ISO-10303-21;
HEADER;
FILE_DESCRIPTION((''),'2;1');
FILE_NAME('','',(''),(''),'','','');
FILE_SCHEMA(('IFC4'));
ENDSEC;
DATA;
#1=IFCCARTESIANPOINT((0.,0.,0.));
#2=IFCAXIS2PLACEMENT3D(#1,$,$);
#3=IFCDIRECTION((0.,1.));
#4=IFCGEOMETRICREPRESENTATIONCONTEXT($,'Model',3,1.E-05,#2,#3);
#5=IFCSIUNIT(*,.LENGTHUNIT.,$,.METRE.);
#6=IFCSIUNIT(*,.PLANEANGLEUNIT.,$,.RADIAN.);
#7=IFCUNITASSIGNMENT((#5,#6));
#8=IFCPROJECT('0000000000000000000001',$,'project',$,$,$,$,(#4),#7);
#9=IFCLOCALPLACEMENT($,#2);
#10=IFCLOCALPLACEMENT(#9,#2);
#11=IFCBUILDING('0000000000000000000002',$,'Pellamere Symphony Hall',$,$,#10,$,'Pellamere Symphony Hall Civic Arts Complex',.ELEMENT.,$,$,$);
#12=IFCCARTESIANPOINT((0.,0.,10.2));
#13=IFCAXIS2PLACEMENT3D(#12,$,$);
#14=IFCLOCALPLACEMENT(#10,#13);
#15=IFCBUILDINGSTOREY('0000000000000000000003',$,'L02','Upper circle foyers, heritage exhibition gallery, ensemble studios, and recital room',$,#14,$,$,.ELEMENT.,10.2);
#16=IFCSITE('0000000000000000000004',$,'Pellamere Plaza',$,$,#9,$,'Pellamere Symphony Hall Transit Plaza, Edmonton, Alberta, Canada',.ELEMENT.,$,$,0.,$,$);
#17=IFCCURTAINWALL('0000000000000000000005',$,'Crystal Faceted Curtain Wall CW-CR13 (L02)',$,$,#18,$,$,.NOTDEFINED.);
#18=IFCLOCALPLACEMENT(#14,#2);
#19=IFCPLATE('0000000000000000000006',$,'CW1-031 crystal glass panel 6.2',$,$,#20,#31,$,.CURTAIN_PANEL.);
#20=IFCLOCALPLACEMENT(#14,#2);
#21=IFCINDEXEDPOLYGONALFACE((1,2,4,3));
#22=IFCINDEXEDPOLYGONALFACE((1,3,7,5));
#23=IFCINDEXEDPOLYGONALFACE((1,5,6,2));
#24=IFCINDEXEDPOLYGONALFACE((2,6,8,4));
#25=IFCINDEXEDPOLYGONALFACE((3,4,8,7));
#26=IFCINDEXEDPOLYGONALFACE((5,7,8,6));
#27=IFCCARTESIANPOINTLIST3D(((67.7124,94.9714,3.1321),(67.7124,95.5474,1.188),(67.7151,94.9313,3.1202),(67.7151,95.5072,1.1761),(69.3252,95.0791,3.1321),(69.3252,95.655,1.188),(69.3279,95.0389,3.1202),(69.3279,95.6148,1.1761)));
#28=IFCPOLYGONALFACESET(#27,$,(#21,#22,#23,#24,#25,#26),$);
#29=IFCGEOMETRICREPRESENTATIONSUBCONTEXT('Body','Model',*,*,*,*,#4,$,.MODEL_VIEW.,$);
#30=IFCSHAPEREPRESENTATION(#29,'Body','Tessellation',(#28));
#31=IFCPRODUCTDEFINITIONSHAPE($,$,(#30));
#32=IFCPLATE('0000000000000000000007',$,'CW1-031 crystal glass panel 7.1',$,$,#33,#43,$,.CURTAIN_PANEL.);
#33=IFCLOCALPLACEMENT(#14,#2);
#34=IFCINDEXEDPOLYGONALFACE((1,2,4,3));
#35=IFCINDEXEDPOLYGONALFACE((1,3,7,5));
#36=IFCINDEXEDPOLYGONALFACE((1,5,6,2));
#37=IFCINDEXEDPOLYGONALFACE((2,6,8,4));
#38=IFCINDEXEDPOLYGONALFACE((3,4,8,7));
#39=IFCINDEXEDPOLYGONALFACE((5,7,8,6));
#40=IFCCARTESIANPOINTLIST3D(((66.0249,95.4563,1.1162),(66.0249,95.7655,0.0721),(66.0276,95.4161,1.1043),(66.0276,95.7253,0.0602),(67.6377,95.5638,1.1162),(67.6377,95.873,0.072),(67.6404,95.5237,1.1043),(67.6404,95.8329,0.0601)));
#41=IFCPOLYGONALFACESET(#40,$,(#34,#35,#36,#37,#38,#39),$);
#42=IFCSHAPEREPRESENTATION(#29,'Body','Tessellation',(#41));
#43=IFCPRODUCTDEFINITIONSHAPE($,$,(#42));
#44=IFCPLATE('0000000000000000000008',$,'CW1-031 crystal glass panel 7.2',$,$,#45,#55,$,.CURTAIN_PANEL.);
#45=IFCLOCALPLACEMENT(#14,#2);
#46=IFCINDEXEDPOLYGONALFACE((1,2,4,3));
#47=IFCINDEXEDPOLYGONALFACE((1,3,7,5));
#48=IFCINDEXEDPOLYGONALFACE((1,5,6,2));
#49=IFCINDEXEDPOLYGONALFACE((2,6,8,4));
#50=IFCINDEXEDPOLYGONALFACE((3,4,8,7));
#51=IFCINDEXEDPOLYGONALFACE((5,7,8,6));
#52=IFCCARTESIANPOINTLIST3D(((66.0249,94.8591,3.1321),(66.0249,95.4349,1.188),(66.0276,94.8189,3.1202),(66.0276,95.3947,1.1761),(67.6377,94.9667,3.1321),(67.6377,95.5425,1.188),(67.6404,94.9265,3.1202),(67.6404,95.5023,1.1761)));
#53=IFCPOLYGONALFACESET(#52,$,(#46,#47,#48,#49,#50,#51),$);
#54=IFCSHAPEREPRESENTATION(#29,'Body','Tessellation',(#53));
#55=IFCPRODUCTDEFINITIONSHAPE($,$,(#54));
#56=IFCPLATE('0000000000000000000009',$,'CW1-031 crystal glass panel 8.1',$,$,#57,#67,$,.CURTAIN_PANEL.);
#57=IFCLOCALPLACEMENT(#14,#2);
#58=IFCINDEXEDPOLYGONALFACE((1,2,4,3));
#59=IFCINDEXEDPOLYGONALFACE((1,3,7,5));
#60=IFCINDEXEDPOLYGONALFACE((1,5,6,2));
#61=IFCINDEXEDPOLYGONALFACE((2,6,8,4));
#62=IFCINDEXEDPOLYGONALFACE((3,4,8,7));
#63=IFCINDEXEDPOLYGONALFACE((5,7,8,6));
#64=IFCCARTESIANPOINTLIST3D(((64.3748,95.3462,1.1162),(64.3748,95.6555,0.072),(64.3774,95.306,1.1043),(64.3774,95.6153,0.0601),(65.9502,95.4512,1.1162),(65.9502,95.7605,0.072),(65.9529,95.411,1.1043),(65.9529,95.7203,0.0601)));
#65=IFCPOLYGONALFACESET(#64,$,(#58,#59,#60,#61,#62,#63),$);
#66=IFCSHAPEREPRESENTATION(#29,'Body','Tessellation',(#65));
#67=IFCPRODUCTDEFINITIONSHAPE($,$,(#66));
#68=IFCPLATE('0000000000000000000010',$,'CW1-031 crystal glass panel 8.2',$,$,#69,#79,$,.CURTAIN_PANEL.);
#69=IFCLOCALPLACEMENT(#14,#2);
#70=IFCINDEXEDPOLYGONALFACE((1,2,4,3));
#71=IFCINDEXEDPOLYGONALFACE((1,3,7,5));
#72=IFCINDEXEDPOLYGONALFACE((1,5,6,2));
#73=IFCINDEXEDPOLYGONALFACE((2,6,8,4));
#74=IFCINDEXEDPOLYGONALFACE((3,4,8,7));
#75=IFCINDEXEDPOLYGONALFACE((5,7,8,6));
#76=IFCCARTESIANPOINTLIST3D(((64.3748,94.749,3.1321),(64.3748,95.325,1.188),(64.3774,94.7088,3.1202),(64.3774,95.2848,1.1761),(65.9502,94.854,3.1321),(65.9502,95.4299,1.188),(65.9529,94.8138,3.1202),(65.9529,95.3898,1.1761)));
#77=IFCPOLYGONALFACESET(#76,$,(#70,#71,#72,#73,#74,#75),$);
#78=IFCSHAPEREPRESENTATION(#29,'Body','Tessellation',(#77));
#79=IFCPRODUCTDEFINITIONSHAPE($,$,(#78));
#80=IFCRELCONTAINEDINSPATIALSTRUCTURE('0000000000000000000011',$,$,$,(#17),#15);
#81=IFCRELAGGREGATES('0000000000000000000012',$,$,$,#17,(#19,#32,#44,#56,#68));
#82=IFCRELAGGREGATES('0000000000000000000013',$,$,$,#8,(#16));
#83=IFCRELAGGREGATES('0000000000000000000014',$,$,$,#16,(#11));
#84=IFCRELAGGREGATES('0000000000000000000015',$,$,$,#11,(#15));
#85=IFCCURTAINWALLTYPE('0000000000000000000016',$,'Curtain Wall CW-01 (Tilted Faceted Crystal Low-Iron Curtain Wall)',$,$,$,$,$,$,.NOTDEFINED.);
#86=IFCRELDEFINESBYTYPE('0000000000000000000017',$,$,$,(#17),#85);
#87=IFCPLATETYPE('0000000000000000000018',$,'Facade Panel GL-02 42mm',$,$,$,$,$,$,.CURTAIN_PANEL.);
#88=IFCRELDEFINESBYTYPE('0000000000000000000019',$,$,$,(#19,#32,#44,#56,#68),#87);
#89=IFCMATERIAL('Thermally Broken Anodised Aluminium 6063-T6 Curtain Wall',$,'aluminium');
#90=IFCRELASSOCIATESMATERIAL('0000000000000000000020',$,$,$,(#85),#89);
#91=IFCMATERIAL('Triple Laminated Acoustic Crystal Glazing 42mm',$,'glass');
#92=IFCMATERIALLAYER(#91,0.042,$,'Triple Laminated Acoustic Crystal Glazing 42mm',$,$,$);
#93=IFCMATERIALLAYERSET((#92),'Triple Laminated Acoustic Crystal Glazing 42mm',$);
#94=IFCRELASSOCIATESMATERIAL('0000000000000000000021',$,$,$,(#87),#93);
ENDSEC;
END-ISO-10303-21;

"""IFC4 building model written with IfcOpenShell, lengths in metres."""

from ifc_helpers import new_model, si_unit, direction, frame, origin, place, context, subcontext, project, spatial, polyline, outline, extrude, material, layer, layer_set, type_object, element, aggregate, save


model = new_model("IFC4")

# Units and contexts
model_context = context("Model", 3, precision=1e-05, world=origin(), true_north=direction((0.0, 1.0)))
body_context = subcontext(model_context, "Body", "Model", "MODEL_VIEW")
ifc_project = project(units=[si_unit("LENGTHUNIT", "METRE"), si_unit("PLANEANGLEUNIT", "RADIAN")], contexts=[model_context])

# Site, building, storey
site_placement = place(None, origin())
site = spatial("IfcSite", under=ifc_project, at=site_placement, Name="Pellamere Plaza", LongName="Pellamere Symphony Hall Transit Plaza, Edmonton, Alberta, Canada", CompositionType="ELEMENT", RefElevation=0.0)
building_placement = place(site_placement, origin())
building = spatial("IfcBuilding", under=site, at=building_placement, Name="Pellamere Symphony Hall", LongName="Pellamere Symphony Hall Civic Arts Complex", CompositionType="ELEMENT")
storey_placement = place(building_placement, frame((0.0, 0.0, 10.2)))
storey = spatial("IfcBuildingStorey", under=building, at=storey_placement, Name="L02", Description="Upper circle foyers, heritage exhibition gallery, ensemble studios, and recital room", CompositionType="ELEMENT", Elevation=10.2)

# Curtain wall
ifc_material_1 = material(Name="Thermally Broken Anodised Aluminium 6063-T6 Curtain Wall", Category="aluminium")
curtain_wall_type = type_object("IfcCurtainWallType", Name="Curtain Wall CW-01 (Tilted Faceted Crystal Low-Iron Curtain Wall)", PredefinedType="NOTDEFINED", material=ifc_material_1)
curtain_wall_1_placement = place(storey_placement, origin())
curtain_wall_1 = element("IfcCurtainWall", 1, at=curtain_wall_1_placement, inside=storey, type_object=curtain_wall_type, Name="Crystal Faceted Curtain Wall CW-CR13 (L02)", PredefinedType="NOTDEFINED")

# Plates
ifc_material_2 = material(Name="Triple Laminated Acoustic Crystal Glazing 42mm", Category="glass")
ifc_layer = layer(ifc_material_2, 0.042, Name="Triple Laminated Acoustic Crystal Glazing 42mm")
ifc_layer_set = layer_set([ifc_layer], Name="Triple Laminated Acoustic Crystal Glazing 42mm")
plate_type = type_object("IfcPlateType", Name="Facade Panel GL-02 42mm", PredefinedType="CURTAIN_PANEL", material=ifc_layer_set)
plate_1_placement = place(storey_placement, frame((69.3252, 95.655, 1.188), z_axis=(-0.063877, 0.956853, 0.283463), x_axis=(-0.997779, -0.066609, 0.0)))
plate_1 = element("IfcPlate", 2, at=plate_1_placement, type_object=plate_type, Name="CW1-031 crystal glass panel 6.2", PredefinedType="CURTAIN_PANEL", context=body_context, shape_type="SweptSolid", body=[
    extrude(outline(polyline([(0.0, 0.0), (1.6164, 0.0), (1.6547, 2.0272), (0.0384, 2.0272), (0.0, 0.0)])), origin(), (0.0, 0.0, -1.0), 0.042),
])
plate_2_placement = place(storey_placement, frame((67.6377, 95.873, 0.072), z_axis=(-0.063807, 0.956891, 0.283353), x_axis=(-0.997784, -0.06654, 0.00002)))
plate_2 = element("IfcPlate", 3, at=plate_2_placement, type_object=plate_type, Name="CW1-031 crystal glass panel 7.1", PredefinedType="CURTAIN_PANEL", context=body_context, shape_type="SweptSolid", body=[
    extrude(outline(polyline([(0.0, 0.0), (1.6164, 0.0), (1.637, 1.0888), (0.0206, 1.0888), (0.0, 0.0)])), origin(), (0.0, 0.0, -1.0), 0.042),
])
plate_3_placement = place(storey_placement, frame((67.6377, 95.5425, 1.188), z_axis=(-0.063806, 0.956874, 0.283409), x_axis=(-0.997784, -0.06654, 0.00002)))
plate_3 = element("IfcPlate", 4, at=plate_3_placement, type_object=plate_type, Name="CW1-031 crystal glass panel 7.2", PredefinedType="CURTAIN_PANEL", context=body_context, shape_type="SweptSolid", body=[
    extrude(outline(polyline([(0.0, 0.0), (1.6164, 0.0), (1.6547, 2.0272), (0.0384, 2.0272), (0.0, 0.0)])), origin(), (0.0, 0.0, -1.0), 0.042),
])
plate_4_placement = place(storey_placement, frame((65.9502, 95.7605, 0.072), z_axis=(-0.063761, 0.956863, 0.283457), x_axis=(-0.997787, -0.066488, 0.0)))
plate_4 = element("IfcPlate", 5, at=plate_4_placement, type_object=plate_type, Name="CW1-031 crystal glass panel 8.1", PredefinedType="CURTAIN_PANEL", context=body_context, shape_type="SweptSolid", body=[
    extrude(outline(polyline([(0.0, 0.0), (1.5789, 0.0), (1.5995, 1.0888), (0.0206, 1.0888), (0.0, 0.0)])), origin(), (0.0, 0.0, -1.0), 0.042),
])
plate_5_placement = place(storey_placement, frame((65.9502, 95.4299, 1.188), z_axis=(-0.063761, 0.95686, 0.283465), x_axis=(-0.997787, -0.066488, 0.0)))
plate_5 = element("IfcPlate", 6, at=plate_5_placement, type_object=plate_type, Name="CW1-031 crystal glass panel 8.2", PredefinedType="CURTAIN_PANEL", context=body_context, shape_type="SweptSolid", body=[
    extrude(outline(polyline([(0.0, 0.0), (1.5789, 0.0), (1.6172, 2.0272), (0.0383, 2.0272), (0.0, 0.0)])), origin(), (0.0, 0.0, -1.0), 0.042),
])
aggregate(curtain_wall_1, [plate_1, plate_2, plate_3, plate_4, plate_5])

save(model, "model.ifc")
